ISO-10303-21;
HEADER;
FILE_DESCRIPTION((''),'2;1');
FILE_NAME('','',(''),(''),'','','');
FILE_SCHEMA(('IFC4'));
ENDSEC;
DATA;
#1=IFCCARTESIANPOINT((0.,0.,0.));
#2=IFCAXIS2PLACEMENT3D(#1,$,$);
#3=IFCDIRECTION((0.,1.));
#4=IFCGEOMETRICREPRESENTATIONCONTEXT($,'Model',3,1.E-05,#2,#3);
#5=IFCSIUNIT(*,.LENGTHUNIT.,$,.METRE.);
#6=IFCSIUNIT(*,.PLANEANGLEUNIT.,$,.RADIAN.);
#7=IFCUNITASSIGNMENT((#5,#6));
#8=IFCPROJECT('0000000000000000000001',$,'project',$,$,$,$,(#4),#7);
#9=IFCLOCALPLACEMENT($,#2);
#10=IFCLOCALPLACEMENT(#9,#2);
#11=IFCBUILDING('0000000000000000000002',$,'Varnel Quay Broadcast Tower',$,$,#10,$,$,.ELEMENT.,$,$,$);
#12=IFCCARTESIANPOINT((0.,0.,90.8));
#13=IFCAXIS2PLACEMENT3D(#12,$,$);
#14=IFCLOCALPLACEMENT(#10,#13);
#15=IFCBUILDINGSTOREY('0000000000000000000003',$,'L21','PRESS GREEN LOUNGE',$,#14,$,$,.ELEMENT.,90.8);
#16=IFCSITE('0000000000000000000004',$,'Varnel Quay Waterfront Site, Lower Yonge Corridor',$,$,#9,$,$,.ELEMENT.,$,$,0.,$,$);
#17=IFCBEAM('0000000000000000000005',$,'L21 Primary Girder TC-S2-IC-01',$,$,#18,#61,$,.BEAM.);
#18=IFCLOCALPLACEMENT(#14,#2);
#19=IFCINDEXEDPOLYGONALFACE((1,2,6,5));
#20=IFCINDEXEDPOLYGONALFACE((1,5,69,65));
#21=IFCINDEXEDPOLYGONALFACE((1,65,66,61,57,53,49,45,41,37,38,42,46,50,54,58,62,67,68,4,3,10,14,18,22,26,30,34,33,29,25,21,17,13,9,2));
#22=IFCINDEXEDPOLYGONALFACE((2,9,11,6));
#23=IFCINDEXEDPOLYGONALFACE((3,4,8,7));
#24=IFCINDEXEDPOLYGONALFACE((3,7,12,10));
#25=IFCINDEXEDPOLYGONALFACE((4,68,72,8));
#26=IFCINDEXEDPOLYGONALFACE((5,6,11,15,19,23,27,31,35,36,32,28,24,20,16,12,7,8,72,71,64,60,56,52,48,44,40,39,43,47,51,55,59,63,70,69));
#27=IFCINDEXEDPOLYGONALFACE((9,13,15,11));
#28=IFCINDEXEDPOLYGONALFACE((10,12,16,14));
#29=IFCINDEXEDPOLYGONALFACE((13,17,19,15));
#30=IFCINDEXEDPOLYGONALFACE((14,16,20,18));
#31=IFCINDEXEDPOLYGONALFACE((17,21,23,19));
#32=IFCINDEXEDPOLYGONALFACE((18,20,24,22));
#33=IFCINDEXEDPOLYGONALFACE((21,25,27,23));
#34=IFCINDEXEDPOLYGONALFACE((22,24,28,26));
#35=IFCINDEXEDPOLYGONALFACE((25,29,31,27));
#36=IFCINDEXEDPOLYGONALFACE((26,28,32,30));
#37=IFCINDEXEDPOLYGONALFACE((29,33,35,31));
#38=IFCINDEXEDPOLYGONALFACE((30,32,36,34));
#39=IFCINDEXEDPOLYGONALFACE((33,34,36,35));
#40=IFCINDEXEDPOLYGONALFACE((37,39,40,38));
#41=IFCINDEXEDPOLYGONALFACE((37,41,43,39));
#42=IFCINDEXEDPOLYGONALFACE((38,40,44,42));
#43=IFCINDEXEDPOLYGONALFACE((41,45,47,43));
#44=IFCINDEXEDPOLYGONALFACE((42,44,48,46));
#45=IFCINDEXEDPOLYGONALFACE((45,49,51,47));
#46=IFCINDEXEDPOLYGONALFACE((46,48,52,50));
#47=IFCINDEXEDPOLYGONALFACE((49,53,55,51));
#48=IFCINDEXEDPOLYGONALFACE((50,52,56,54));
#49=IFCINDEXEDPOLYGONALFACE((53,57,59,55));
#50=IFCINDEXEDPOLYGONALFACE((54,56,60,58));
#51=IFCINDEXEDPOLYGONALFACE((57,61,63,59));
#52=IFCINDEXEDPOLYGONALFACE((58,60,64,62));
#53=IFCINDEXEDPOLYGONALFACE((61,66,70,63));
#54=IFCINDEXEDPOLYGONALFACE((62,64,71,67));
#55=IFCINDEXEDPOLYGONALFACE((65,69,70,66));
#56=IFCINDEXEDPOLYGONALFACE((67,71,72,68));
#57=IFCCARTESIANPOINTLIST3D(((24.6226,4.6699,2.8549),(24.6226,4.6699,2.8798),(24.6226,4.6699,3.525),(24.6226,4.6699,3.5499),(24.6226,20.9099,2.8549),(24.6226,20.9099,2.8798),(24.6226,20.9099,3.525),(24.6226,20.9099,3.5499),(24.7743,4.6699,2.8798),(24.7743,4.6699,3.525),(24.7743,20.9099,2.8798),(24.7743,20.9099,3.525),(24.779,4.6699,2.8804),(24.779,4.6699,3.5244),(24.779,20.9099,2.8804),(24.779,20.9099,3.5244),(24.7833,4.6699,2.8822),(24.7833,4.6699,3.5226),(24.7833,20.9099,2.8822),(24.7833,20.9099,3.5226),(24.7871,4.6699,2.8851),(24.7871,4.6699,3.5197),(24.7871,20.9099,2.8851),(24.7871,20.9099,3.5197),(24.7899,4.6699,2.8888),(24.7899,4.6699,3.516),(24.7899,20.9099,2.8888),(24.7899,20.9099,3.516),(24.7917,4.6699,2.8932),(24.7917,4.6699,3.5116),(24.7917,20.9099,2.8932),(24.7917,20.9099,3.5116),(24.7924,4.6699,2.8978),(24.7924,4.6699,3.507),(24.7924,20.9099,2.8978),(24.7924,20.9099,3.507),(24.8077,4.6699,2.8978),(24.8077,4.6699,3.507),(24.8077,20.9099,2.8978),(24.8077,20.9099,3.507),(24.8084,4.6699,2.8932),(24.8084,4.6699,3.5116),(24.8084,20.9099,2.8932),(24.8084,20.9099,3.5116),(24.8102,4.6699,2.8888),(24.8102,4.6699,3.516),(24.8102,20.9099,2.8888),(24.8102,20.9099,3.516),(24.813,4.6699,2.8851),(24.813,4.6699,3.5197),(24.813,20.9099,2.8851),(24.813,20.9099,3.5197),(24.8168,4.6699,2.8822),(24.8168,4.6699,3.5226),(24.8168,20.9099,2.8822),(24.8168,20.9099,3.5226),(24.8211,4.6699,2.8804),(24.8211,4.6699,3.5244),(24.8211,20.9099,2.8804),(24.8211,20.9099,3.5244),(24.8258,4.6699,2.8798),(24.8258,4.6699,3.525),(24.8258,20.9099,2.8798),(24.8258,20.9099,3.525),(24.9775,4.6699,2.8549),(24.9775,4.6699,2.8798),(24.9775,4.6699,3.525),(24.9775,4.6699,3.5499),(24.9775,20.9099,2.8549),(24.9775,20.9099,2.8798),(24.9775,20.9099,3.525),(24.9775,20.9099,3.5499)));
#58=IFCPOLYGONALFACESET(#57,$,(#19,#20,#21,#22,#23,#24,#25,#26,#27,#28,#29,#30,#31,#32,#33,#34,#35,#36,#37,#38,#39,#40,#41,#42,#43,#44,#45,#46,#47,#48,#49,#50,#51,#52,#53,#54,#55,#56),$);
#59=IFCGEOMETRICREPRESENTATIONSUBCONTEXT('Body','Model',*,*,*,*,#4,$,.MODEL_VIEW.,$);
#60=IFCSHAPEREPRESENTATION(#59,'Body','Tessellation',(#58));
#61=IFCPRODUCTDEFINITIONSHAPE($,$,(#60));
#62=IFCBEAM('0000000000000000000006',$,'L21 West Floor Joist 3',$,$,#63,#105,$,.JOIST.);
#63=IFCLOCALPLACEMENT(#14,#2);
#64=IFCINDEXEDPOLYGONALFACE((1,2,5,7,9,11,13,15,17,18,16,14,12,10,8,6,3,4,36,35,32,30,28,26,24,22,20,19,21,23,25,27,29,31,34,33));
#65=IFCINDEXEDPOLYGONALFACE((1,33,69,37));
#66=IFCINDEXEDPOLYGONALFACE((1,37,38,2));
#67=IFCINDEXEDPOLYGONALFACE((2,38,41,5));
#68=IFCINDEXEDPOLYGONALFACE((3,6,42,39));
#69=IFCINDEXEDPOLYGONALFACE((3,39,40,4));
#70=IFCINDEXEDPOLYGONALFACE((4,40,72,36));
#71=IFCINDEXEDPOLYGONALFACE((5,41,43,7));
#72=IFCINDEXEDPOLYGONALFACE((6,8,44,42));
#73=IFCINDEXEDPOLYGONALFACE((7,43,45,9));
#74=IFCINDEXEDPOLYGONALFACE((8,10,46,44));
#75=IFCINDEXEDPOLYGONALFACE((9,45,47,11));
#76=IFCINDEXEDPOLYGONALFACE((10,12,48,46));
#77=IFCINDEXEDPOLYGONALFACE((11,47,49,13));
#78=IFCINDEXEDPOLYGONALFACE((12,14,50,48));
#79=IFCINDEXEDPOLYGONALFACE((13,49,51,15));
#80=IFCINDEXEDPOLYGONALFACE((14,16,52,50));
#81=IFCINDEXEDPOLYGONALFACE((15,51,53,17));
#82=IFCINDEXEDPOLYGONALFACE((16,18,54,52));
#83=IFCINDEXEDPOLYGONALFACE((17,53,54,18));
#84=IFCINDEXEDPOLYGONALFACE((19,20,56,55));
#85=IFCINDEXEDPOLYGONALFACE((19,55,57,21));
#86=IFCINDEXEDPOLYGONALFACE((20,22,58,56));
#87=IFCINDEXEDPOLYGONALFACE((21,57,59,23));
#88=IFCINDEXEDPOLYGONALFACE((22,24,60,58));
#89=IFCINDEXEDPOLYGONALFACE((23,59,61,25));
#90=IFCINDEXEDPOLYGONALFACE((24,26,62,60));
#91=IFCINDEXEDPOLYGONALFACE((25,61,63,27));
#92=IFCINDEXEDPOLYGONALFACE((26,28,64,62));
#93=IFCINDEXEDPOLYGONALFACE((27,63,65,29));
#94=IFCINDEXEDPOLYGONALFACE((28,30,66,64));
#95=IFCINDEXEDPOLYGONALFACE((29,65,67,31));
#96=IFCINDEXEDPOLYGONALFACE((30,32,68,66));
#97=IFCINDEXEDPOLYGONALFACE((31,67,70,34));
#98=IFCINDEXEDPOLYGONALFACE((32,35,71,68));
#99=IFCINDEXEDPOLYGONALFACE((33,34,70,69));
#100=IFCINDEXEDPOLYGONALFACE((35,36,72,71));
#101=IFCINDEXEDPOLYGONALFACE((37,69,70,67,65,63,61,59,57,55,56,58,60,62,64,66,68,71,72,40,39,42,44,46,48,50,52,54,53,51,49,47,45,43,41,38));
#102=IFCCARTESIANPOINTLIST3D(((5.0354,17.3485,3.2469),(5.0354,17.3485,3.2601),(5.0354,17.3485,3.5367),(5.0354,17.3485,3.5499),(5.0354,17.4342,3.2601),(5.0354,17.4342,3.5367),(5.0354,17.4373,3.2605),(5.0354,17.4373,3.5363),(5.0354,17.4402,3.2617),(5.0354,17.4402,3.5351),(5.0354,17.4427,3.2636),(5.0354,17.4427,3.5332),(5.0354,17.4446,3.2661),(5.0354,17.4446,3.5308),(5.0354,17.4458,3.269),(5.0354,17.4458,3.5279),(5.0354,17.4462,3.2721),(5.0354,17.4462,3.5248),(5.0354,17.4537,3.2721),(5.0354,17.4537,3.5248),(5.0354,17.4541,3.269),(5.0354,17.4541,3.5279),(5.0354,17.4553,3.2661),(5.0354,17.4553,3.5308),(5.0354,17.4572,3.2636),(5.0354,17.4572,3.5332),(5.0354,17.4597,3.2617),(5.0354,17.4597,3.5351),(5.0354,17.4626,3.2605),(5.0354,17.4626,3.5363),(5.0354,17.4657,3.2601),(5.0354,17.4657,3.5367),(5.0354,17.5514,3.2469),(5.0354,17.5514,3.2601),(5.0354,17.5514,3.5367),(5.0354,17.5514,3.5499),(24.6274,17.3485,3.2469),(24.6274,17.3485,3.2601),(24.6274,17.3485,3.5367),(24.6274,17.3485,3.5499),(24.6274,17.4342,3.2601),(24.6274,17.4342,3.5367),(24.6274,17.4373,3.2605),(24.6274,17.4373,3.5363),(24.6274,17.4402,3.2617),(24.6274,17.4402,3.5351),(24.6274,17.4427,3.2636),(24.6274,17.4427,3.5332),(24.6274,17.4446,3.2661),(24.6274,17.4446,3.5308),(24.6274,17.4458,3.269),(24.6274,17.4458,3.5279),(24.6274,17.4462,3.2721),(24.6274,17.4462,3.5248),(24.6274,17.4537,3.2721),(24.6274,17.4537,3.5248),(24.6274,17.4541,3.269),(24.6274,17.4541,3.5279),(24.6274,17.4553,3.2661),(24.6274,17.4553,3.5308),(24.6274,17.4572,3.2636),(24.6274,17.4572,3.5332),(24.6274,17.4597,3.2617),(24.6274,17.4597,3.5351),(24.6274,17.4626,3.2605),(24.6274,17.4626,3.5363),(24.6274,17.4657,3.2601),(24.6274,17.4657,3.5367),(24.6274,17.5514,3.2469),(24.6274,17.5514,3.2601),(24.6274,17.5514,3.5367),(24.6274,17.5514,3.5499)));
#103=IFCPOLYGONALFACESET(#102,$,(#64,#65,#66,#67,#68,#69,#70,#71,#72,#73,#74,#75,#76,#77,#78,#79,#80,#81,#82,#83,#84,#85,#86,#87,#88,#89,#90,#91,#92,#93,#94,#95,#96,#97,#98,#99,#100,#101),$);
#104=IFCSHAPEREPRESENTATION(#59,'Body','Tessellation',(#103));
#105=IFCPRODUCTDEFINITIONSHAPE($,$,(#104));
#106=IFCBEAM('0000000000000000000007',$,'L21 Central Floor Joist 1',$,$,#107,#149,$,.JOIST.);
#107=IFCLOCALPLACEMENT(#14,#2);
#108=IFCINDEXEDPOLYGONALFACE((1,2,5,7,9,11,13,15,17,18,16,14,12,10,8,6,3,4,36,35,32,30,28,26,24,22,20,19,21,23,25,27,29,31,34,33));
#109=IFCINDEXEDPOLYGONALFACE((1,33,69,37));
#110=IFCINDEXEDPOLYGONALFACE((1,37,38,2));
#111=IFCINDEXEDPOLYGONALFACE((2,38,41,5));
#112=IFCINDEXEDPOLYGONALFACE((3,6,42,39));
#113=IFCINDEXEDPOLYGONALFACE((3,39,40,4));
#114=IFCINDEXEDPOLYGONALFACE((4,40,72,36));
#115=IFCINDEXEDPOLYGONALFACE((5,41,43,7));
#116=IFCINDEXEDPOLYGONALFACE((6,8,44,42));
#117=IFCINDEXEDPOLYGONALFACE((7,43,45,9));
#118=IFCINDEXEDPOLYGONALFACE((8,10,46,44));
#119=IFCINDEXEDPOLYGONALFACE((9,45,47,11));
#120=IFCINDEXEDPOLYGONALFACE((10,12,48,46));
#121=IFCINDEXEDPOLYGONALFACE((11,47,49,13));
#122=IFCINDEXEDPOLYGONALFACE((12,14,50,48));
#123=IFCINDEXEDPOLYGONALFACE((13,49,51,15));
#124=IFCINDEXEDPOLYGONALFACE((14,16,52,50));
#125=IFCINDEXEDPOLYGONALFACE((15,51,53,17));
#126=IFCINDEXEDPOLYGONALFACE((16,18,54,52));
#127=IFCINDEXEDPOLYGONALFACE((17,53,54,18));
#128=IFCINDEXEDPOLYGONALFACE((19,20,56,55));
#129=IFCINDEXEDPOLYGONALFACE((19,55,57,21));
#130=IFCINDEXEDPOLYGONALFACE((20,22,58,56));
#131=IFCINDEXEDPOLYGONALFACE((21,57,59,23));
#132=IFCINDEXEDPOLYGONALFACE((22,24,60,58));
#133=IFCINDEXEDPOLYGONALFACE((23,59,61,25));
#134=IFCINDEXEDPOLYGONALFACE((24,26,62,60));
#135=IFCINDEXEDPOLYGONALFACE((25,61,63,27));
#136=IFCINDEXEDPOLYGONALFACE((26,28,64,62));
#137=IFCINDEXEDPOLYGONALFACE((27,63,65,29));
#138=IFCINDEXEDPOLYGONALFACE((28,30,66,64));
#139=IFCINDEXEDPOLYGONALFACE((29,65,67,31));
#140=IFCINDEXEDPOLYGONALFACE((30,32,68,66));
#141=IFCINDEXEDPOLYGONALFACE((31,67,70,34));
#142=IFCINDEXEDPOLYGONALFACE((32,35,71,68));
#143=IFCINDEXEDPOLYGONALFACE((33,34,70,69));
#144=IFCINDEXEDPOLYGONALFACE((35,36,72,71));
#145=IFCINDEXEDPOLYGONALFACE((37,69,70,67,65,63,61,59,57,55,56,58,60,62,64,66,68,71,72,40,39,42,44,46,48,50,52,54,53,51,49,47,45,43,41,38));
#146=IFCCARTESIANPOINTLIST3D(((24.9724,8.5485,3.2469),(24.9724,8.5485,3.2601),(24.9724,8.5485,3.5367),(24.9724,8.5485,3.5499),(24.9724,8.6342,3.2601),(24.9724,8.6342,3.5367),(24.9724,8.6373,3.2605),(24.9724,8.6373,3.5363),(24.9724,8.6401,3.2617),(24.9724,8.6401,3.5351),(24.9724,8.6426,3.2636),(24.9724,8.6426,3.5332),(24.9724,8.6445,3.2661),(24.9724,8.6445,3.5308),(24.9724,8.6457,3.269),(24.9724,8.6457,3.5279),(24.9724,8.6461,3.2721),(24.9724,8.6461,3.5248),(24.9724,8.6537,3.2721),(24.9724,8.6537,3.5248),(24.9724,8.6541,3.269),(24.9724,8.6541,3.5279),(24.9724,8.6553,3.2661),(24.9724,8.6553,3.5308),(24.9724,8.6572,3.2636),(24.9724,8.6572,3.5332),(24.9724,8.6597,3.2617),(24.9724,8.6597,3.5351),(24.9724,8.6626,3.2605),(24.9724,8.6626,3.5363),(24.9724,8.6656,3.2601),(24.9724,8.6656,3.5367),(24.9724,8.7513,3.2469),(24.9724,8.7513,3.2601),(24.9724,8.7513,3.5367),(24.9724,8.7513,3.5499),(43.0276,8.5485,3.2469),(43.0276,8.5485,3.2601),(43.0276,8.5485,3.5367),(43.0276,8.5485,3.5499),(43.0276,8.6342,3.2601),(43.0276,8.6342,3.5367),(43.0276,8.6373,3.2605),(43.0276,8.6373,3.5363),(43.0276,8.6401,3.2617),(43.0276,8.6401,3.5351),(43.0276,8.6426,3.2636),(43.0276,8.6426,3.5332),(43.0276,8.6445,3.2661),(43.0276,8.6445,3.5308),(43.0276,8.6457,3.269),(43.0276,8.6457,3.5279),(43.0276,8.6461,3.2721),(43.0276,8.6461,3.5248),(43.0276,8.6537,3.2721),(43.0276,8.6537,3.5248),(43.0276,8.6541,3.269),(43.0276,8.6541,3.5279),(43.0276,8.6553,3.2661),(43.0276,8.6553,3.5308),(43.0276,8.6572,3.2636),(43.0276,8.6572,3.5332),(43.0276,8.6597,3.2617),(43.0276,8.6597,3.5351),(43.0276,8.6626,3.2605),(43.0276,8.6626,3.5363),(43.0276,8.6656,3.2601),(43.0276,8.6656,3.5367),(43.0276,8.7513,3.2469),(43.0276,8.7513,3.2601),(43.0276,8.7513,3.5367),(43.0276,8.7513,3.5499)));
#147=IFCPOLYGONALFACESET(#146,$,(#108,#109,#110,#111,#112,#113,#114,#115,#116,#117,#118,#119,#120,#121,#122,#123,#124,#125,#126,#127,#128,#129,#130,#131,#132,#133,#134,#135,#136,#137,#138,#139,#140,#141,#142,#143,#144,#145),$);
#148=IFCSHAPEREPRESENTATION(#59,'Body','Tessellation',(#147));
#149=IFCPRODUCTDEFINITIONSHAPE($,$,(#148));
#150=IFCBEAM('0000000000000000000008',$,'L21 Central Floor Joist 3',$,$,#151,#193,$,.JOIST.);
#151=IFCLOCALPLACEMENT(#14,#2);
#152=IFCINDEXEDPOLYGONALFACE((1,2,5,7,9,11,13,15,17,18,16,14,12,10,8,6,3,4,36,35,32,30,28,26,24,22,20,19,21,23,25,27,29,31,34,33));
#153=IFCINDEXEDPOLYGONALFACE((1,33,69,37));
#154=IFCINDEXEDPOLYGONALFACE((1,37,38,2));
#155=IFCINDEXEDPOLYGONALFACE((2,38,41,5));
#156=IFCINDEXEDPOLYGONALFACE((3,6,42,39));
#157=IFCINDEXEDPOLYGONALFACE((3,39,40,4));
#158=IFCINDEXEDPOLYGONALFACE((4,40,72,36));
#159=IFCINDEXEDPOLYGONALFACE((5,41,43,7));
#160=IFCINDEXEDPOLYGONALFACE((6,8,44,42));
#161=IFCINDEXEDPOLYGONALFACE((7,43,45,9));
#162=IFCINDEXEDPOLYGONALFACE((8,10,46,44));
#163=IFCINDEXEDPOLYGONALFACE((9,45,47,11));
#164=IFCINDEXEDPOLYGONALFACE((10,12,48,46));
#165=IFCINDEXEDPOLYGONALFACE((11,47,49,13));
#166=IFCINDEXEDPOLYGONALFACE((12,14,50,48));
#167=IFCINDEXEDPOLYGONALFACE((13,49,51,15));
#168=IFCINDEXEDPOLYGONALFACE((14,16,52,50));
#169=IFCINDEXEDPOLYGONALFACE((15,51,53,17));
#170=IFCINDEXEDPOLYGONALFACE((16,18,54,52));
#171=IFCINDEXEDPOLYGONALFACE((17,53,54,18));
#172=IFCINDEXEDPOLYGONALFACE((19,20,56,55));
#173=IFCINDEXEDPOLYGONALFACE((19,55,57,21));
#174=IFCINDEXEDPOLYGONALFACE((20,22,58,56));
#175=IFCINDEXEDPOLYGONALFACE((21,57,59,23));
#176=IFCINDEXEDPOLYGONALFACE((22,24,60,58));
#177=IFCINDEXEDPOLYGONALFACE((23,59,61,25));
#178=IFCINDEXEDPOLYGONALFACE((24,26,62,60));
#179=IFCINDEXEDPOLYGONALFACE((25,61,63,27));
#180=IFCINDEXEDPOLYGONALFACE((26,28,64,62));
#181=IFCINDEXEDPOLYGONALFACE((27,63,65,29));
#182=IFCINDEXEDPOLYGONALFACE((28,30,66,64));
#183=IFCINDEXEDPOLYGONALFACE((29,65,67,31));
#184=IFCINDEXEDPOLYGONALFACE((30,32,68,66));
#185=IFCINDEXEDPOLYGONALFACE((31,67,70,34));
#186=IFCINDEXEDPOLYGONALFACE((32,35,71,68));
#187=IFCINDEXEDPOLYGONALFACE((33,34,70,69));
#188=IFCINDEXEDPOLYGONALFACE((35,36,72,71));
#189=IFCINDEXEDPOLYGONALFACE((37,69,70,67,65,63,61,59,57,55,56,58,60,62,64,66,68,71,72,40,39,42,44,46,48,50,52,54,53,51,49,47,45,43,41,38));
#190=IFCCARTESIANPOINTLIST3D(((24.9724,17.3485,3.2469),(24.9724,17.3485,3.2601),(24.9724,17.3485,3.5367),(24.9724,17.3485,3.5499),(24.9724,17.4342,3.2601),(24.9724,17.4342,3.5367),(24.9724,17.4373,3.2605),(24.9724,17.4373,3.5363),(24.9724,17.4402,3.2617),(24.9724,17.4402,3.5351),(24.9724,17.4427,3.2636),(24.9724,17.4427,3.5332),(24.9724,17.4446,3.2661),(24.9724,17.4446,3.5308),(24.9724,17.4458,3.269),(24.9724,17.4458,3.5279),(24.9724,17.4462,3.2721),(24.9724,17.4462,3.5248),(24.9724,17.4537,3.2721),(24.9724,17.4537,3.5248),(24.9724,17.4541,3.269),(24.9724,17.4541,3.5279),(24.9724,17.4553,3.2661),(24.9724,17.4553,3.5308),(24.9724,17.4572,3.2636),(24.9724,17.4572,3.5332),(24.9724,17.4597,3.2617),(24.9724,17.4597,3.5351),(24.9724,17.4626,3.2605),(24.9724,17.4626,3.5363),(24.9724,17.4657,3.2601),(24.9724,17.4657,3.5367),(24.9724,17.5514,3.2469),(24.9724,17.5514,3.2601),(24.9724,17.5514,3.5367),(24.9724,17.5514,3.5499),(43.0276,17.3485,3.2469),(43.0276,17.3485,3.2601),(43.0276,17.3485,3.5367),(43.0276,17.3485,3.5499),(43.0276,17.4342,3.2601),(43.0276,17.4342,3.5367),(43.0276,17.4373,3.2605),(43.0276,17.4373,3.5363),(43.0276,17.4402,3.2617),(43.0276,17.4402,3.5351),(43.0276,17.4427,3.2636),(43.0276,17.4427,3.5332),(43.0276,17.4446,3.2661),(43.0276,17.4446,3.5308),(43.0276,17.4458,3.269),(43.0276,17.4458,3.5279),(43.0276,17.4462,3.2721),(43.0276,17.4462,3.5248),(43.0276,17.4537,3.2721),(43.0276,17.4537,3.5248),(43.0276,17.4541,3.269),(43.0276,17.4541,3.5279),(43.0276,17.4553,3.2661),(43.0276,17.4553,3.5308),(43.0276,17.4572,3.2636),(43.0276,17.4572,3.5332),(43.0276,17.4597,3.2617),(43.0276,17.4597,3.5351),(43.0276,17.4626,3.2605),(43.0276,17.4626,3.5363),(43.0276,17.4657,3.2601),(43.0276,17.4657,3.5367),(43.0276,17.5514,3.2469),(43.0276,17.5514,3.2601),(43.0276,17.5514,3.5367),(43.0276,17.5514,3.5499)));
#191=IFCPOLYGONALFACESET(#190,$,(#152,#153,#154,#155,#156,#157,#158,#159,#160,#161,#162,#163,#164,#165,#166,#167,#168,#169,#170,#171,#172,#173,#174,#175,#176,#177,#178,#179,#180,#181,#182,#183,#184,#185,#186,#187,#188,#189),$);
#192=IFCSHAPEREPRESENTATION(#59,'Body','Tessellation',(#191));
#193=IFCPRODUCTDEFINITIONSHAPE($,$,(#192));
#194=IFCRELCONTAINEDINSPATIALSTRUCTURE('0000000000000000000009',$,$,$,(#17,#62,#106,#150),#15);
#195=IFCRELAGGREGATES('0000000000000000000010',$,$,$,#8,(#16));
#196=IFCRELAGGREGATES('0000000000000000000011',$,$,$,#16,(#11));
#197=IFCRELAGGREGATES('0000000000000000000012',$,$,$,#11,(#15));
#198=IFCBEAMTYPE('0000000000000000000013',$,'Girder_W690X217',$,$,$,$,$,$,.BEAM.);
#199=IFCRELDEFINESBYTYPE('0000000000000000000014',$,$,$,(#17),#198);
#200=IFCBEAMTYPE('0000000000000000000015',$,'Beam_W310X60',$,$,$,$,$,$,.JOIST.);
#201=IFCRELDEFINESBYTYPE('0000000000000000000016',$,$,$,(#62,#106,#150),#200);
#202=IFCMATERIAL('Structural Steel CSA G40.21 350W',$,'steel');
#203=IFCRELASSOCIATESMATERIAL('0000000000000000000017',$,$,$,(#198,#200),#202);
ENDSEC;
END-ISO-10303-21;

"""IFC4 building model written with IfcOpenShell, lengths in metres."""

from ifc_helpers import new_model, si_unit, direction, frame, origin, origin_2d, place, context, subcontext, project, spatial, i_section, extrude, source, transform, mapped, material, material_profile, profile_set, type_object, type_shapes, element, save


model = new_model("IFC4")

# Units and contexts
model_context = context("Model", 3, precision=1e-05, world=origin(), true_north=direction((0.0, 1.0)))
body_context = subcontext(model_context, "Body", "Model", "MODEL_VIEW")
ifc_project = project(units=[si_unit("LENGTHUNIT", "METRE"), si_unit("PLANEANGLEUNIT", "RADIAN")], contexts=[model_context])

# Site, building, storey
site_placement = place(None, origin())
site = spatial("IfcSite", under=ifc_project, at=site_placement, Name="Varnel Quay Waterfront Site, Lower Yonge Corridor", CompositionType="ELEMENT", RefElevation=0.0)
building_placement = place(site_placement, origin())
building = spatial("IfcBuilding", under=site, at=building_placement, Name="Varnel Quay Broadcast Tower", CompositionType="ELEMENT")
storey_placement = place(building_placement, frame((0.0, 0.0, 90.8)))
storey = spatial("IfcBuildingStorey", under=building, at=storey_placement, Name="L21", Description="PRESS GREEN LOUNGE", CompositionType="ELEMENT", Elevation=90.8)

# Shared definitions
ifc_material_1 = material(Name="Structural Steel CSA G40.21 350W", Category="steel")

# Beams
ifc_material_profile_1 = material_profile(ifc_material_1, i_section(OverallWidth=0.355, OverallDepth=0.6951, WebThickness=0.0154, FlangeThickness=0.0249, FilletRadius=0.0181, at=origin_2d()), Name="W690X217")
ifc_profile_set_1 = profile_set([ifc_material_profile_1], Name="Structural Steel CSA G40.21 350W")
beam_type_1 = type_object("IfcBeamType", Name="Girder_W690X217", PredefinedType="BEAM", material=ifc_profile_set_1)
shared_shape_1 = source(origin(), body_context, "Body", "SweptSolid", [
    extrude(i_section(OverallWidth=0.355, OverallDepth=0.6951, WebThickness=0.0154, FlangeThickness=0.0249, FilletRadius=0.0181, at=origin_2d()), origin(), (0.0, 0.0, 1.0), 16.24),
])
type_shapes(beam_type_1, [shared_shape_1])
beam_1_placement = place(storey_placement, frame((24.8, 4.6699, 3.2024), z_axis=(0.0, 1.0, 0.0), x_axis=(-1.0, 0.0, 0.0)))
element("IfcBeam", 1, at=beam_1_placement, inside=storey, type_object=beam_type_1, Name="L21 Primary Girder TC-S2-IC-01", PredefinedType="BEAM", context=body_context, shape_type="MappedRepresentation", body=[
    mapped(shared_shape_1, transform((0.0, 0.0, 0.0), x_axis=(1.0, 0.0, 0.0), y_axis=(0.0, 1.0, 0.0), z_axis=(0.0, 0.0, 1.0), scale=1.0)),
])
ifc_material_profile_2 = material_profile(ifc_material_1, i_section(OverallWidth=0.2029, OverallDepth=0.303, WebThickness=0.0076, FlangeThickness=0.0132, FilletRadius=0.012, at=origin_2d()), Name="W310X60")
ifc_profile_set_2 = profile_set([ifc_material_profile_2], Name="Structural Steel CSA G40.21 350W")
beam_type_2 = type_object("IfcBeamType", Name="Beam_W310X60", PredefinedType="JOIST", material=ifc_profile_set_2)
shared_shape_2 = source(origin(), body_context, "Body", "SweptSolid", [
    extrude(i_section(OverallWidth=0.2029, OverallDepth=0.303, WebThickness=0.0076, FlangeThickness=0.0132, FilletRadius=0.012, at=origin_2d()), origin(), (0.0, 0.0, 1.0), 19.592),
])
beam_2_placement = place(storey_placement, frame((5.0354, 17.45, 3.3984), z_axis=(1.0, 0.0, 0.0), x_axis=(0.0, 1.0, 0.0)))
element("IfcBeam", 2, at=beam_2_placement, inside=storey, type_object=beam_type_2, Name="L21 West Floor Joist 3", PredefinedType="JOIST", context=body_context, shape_type="MappedRepresentation", body=[
    mapped(shared_shape_2, transform((0.0, 0.0, 0.0), x_axis=(1.0, 0.0, 0.0), y_axis=(0.0, 1.0, 0.0), z_axis=(0.0, 0.0, 1.0), scale=1.0)),
])
shared_shape_3 = source(origin(), body_context, "Body", "SweptSolid", [
    extrude(i_section(OverallWidth=0.2029, OverallDepth=0.303, WebThickness=0.0076, FlangeThickness=0.0132, FilletRadius=0.012, at=origin_2d()), origin(), (0.0, 0.0, 1.0), 18.0552),
])
type_shapes(beam_type_2, [shared_shape_2, shared_shape_3])
for number, where, z_axis, x_axis, name in (
    (3, (24.9724, 8.6499, 3.3984), (1.0, 0.0, 0.0), (0.0, 1.0, 0.0), "L21 Central Floor Joist 1"),
    (4, (24.9724, 17.45, 3.3984), (1.0, 0.0, 0.0), (0.0, 1.0, 0.0), "L21 Central Floor Joist 3"),
):
    element("IfcBeam", number, at=place(storey_placement, frame(where, z_axis=z_axis, x_axis=x_axis)), inside=storey, type_object=beam_type_2, Name=name, PredefinedType="JOIST", context=body_context, shape_type="MappedRepresentation", body=[
        mapped(shared_shape_3, transform((0.0, 0.0, 0.0), x_axis=(1.0, 0.0, 0.0), y_axis=(0.0, 1.0, 0.0), z_axis=(0.0, 0.0, 1.0), scale=1.0)),
    ])

save(model, "model.ifc")
